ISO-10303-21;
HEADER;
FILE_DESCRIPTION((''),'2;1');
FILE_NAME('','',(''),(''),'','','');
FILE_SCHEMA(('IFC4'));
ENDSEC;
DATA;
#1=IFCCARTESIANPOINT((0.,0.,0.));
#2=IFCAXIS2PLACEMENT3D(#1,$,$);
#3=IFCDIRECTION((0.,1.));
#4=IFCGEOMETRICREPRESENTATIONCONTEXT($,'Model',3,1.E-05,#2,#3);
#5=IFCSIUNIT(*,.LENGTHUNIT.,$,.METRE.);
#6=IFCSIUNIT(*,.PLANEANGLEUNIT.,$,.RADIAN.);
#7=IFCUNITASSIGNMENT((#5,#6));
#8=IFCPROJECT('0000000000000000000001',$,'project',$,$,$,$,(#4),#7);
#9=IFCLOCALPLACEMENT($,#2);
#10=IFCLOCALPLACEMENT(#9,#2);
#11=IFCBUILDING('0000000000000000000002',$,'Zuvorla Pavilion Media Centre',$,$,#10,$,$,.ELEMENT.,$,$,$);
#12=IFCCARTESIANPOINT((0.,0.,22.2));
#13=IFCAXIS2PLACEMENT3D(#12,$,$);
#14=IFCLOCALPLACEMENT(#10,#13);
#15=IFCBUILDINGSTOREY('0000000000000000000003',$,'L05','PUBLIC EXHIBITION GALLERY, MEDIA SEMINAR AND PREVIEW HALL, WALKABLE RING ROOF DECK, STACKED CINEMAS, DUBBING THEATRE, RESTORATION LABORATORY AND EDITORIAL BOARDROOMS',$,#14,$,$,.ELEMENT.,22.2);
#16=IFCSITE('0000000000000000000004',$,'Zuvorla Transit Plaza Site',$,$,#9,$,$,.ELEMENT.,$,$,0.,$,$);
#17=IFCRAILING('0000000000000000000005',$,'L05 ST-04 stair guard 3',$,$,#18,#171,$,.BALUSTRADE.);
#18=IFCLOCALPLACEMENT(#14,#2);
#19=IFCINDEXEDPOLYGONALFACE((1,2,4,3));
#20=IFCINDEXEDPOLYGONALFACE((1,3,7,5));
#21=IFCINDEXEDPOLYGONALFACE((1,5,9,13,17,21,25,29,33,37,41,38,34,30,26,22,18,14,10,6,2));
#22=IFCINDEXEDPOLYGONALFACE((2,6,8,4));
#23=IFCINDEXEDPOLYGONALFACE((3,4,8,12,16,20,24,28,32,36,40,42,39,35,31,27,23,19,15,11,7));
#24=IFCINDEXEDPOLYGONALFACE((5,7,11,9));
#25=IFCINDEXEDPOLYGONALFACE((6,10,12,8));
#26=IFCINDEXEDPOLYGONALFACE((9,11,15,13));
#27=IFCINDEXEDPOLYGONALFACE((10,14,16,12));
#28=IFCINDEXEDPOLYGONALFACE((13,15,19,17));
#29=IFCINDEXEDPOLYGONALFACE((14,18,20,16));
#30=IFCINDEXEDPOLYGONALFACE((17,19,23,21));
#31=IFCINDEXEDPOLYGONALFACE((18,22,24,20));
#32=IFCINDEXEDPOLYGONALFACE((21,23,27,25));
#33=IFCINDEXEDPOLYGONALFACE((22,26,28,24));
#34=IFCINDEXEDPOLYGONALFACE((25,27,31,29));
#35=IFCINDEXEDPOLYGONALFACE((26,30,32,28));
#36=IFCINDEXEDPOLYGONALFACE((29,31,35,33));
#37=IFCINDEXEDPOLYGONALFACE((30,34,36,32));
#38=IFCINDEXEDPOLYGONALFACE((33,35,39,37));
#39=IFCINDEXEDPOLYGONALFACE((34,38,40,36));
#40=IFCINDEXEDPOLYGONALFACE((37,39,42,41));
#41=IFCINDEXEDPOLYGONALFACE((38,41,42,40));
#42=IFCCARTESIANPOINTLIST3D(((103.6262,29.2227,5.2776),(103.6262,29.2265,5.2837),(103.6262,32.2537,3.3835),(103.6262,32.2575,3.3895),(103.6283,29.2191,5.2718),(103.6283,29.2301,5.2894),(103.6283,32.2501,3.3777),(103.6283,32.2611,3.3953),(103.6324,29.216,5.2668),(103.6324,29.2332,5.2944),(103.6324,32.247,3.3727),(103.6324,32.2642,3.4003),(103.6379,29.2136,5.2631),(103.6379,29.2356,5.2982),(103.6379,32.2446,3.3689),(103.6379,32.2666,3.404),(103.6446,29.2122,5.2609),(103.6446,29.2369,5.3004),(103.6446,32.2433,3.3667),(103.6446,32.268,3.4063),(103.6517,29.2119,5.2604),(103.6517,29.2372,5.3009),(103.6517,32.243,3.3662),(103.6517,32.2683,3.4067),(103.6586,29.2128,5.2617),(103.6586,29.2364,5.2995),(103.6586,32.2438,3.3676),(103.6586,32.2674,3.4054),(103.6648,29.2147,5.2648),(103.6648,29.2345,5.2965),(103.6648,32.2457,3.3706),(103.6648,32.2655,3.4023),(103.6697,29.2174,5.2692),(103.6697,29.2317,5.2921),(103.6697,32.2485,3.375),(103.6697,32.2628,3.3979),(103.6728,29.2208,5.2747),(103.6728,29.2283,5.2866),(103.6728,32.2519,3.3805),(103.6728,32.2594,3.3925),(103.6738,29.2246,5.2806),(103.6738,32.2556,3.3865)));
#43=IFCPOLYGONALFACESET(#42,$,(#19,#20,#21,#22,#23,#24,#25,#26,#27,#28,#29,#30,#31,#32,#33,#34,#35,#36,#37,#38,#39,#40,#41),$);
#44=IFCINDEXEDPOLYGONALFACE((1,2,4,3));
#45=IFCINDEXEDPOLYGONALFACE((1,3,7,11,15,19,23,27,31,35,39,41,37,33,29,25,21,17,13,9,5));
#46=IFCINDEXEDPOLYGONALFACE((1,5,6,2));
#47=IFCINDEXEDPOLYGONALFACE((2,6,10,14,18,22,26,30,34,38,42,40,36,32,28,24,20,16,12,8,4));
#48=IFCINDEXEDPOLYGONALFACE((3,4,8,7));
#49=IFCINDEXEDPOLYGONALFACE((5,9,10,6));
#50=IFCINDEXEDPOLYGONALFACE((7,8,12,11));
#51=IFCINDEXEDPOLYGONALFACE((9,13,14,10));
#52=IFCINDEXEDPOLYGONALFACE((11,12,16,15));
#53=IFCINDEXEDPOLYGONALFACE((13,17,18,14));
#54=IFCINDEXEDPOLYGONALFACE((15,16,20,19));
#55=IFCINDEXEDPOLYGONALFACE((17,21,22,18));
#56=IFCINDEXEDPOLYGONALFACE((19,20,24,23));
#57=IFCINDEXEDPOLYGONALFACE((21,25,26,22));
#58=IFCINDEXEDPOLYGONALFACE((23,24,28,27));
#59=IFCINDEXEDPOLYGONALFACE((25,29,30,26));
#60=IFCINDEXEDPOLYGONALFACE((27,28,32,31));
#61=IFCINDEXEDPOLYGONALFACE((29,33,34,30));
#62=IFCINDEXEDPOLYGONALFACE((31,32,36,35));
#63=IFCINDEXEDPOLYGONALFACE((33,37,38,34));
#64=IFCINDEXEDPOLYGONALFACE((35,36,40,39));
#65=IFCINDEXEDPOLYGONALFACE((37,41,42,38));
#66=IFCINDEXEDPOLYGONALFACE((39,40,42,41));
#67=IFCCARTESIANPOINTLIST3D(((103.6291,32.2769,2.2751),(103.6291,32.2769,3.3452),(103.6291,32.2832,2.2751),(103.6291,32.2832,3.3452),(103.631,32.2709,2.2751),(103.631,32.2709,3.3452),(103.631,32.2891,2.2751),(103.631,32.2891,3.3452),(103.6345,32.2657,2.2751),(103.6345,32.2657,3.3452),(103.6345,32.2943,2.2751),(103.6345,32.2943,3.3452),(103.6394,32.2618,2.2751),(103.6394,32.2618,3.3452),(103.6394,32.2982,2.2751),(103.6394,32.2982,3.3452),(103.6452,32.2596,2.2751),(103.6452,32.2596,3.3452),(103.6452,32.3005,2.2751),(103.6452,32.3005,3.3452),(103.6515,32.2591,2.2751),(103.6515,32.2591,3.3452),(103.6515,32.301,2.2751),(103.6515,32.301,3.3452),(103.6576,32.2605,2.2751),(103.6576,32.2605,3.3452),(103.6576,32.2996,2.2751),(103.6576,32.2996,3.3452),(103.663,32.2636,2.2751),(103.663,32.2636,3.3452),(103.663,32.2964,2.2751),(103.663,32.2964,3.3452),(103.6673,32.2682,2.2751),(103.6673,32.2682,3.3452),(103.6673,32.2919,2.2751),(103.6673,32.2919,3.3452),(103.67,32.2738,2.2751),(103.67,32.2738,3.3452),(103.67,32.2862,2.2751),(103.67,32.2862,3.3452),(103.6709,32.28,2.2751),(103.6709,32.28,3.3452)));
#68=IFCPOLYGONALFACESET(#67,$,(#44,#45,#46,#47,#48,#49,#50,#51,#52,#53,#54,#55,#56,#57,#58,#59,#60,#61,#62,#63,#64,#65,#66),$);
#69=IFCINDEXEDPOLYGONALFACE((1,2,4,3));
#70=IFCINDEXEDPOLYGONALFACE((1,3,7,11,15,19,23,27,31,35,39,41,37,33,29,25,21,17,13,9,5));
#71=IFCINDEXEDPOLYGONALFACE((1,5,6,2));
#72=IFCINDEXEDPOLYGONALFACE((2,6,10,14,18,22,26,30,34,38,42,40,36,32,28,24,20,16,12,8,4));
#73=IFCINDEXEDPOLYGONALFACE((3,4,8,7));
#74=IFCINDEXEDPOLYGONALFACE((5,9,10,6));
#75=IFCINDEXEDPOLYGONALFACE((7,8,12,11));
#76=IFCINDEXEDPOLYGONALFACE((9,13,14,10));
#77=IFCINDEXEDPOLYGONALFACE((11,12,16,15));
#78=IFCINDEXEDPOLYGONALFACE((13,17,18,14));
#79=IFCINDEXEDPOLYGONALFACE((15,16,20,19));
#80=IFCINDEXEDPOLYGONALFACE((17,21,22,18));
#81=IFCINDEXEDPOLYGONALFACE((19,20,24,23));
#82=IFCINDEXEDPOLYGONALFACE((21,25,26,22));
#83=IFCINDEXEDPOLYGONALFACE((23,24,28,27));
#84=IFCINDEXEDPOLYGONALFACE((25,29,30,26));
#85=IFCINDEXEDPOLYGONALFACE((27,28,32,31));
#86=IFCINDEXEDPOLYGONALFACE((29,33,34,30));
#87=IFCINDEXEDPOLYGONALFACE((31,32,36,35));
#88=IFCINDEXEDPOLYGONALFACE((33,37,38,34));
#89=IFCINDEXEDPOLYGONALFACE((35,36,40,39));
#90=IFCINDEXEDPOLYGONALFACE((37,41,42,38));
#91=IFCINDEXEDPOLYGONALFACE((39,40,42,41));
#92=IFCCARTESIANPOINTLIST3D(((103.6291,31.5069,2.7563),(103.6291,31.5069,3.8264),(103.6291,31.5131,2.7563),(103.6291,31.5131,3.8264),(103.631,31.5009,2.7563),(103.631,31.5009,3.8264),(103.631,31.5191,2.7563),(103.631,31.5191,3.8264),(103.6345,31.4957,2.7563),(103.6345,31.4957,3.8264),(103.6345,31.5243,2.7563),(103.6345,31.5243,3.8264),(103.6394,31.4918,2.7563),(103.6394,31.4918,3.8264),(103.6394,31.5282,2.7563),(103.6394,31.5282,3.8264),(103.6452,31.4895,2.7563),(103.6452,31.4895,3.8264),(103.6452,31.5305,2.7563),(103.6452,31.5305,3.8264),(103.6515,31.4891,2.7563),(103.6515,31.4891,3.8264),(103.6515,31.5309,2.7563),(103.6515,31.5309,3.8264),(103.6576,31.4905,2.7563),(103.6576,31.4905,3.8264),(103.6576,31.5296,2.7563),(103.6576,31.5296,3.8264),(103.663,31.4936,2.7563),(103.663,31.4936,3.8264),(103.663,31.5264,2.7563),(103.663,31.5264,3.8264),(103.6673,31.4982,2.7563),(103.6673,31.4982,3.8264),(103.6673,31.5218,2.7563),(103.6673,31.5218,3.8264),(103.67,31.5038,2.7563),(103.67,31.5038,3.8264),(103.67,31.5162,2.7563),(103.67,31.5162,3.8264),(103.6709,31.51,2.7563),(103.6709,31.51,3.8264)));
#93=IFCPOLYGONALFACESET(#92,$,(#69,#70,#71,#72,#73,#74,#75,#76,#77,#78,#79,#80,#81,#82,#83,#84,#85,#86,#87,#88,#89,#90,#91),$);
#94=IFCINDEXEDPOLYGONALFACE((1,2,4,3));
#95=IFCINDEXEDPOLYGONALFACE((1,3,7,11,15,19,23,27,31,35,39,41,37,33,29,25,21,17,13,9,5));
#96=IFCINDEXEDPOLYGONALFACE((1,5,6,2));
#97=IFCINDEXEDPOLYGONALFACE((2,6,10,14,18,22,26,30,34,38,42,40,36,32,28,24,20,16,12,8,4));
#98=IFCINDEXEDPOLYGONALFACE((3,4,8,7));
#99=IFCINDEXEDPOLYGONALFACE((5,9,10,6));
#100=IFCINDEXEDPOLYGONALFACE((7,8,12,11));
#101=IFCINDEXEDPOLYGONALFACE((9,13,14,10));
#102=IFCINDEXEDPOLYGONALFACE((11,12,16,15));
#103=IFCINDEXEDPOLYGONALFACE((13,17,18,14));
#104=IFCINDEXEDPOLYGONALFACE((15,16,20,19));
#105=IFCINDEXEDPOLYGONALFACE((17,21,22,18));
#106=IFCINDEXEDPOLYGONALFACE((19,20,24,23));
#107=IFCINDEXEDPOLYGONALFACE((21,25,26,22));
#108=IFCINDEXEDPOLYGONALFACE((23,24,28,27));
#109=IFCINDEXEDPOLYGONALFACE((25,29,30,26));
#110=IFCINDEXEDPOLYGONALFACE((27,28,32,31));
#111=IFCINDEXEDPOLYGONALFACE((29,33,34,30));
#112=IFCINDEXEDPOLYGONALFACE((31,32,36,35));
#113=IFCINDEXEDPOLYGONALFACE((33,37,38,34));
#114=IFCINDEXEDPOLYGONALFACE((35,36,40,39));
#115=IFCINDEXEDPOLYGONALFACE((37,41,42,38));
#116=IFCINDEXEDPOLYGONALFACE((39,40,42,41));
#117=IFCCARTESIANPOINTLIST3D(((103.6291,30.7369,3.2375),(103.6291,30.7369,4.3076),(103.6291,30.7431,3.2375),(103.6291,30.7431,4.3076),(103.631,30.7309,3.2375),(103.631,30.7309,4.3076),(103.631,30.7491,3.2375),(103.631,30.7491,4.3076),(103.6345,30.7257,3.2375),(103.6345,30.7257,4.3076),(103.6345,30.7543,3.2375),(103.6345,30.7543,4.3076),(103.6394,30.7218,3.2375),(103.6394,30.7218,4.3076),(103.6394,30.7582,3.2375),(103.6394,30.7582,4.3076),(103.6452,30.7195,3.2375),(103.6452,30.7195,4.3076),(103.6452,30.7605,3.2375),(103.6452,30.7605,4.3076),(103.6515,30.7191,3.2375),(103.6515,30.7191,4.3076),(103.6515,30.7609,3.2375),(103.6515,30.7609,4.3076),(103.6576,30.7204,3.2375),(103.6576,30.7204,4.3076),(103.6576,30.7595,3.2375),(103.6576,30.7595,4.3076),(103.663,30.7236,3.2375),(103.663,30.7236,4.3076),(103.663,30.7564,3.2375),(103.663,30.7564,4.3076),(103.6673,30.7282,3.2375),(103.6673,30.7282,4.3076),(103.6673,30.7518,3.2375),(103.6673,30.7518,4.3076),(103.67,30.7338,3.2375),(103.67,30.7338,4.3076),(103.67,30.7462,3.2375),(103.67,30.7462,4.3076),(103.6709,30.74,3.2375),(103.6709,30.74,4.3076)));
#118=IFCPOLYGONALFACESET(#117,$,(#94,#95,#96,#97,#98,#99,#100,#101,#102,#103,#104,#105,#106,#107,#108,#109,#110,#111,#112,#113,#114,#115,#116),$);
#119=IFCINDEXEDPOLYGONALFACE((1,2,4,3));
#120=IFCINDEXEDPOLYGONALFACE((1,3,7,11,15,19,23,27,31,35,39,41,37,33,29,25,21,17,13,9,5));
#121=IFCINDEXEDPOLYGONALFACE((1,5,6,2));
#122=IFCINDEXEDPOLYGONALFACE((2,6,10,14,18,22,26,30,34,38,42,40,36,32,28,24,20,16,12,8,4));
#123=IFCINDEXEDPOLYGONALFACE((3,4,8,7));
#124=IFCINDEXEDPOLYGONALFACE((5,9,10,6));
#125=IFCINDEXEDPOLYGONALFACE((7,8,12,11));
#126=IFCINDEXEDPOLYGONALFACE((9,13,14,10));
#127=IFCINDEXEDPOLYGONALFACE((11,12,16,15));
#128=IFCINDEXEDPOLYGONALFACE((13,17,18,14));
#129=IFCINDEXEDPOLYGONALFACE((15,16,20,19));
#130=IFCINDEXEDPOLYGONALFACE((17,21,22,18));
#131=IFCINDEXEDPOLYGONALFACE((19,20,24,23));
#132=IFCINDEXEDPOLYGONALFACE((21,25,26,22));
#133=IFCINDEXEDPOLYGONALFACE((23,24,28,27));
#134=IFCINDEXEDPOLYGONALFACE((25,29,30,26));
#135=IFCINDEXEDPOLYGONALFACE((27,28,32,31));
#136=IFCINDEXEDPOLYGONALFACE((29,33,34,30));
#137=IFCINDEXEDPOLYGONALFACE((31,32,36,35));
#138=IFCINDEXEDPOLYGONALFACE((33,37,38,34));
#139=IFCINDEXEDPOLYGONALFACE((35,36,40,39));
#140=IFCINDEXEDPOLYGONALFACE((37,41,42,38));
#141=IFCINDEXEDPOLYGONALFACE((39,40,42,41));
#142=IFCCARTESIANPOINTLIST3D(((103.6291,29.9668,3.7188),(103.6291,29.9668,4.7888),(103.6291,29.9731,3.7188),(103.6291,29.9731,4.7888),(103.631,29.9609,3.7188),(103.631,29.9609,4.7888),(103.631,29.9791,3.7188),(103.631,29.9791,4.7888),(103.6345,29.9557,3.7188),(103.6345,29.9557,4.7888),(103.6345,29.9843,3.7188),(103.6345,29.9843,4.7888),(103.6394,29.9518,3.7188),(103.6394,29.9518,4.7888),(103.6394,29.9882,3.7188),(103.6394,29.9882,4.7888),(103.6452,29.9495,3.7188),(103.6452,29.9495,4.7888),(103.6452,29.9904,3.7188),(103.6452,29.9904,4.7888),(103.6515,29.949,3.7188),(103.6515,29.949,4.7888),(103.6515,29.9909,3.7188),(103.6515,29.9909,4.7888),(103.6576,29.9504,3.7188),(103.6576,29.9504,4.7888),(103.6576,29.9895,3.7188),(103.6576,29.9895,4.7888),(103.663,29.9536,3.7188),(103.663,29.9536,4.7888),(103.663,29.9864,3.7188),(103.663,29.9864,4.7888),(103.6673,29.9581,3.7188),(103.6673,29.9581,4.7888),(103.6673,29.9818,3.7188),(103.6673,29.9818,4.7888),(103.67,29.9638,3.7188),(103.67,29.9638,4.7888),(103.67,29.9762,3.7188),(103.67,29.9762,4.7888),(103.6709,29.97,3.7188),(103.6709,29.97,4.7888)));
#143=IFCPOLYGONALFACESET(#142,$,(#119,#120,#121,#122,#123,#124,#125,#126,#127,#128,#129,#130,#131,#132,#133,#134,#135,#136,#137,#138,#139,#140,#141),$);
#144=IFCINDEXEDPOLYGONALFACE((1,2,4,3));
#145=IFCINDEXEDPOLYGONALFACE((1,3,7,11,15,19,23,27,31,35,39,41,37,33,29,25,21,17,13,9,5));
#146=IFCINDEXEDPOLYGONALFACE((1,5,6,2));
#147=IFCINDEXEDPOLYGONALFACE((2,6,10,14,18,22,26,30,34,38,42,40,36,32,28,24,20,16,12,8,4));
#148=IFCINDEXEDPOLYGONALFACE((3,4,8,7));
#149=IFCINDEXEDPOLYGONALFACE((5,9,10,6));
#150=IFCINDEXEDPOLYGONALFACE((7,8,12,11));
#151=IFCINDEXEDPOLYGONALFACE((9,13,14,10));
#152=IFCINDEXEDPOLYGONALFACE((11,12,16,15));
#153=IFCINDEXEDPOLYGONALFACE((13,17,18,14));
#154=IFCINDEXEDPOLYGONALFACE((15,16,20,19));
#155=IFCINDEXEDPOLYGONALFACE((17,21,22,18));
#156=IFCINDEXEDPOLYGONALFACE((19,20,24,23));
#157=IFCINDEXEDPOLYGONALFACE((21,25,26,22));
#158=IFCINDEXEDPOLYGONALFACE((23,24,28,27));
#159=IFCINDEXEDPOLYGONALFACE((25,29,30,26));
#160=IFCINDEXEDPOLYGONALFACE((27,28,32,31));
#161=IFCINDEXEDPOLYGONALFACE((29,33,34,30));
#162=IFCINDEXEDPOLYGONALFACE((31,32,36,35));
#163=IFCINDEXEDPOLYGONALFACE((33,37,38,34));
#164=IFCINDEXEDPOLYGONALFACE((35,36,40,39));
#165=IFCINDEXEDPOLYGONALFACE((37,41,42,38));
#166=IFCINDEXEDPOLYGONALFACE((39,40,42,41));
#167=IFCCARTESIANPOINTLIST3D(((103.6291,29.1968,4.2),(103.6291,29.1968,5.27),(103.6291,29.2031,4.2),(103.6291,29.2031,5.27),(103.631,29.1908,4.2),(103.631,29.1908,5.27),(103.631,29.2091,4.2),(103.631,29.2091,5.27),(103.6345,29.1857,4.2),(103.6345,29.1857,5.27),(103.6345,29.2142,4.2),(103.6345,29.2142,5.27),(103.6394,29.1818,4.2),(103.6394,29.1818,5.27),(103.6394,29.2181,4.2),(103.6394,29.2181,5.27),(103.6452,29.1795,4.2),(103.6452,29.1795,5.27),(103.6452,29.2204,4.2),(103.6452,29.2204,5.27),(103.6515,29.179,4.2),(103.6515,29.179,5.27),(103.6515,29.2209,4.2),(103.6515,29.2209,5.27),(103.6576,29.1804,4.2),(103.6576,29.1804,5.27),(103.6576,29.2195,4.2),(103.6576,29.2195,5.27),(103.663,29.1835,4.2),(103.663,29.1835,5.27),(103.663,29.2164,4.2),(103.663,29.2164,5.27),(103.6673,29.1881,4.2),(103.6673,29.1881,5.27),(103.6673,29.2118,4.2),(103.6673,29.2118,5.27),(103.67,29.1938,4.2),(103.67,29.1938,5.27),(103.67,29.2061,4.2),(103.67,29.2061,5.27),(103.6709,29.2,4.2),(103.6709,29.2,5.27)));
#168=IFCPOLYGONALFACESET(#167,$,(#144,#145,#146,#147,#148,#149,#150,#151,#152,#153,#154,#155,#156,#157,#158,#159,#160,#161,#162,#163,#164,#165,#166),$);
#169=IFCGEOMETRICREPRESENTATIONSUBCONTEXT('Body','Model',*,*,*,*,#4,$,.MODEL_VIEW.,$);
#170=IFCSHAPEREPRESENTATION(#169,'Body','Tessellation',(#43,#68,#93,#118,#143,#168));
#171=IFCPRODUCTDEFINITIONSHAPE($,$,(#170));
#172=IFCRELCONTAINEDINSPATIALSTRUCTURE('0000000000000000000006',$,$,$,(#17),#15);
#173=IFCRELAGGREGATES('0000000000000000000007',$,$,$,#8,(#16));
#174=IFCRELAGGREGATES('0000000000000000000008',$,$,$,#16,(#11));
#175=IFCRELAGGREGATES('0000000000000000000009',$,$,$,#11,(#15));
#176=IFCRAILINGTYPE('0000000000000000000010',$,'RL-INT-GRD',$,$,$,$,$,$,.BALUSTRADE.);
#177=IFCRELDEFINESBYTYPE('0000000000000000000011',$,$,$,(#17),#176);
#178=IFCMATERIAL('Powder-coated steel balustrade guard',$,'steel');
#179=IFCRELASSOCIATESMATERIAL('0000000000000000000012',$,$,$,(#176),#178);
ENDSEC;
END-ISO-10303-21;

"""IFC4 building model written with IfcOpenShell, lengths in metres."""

from ifc_helpers import new_model, si_unit, direction, frame, origin, origin_2d, place, context, subcontext, project, spatial, circle, extrude, material, type_object, element, save


model = new_model("IFC4")

# Units and contexts
model_context = context("Model", 3, precision=1e-05, world=origin(), true_north=direction((0.0, 1.0)))
body_context = subcontext(model_context, "Body", "Model", "MODEL_VIEW")
ifc_project = project(units=[si_unit("LENGTHUNIT", "METRE"), si_unit("PLANEANGLEUNIT", "RADIAN")], contexts=[model_context])

# Site, building, storey
site_placement = place(None, origin())
site = spatial("IfcSite", under=ifc_project, at=site_placement, Name="Zuvorla Transit Plaza Site", CompositionType="ELEMENT", RefElevation=0.0)
building_placement = place(site_placement, origin())
building = spatial("IfcBuilding", under=site, at=building_placement, Name="Zuvorla Pavilion Media Centre", CompositionType="ELEMENT")
storey_placement = place(building_placement, frame((0.0, 0.0, 22.2)))
storey = spatial("IfcBuildingStorey", under=building, at=storey_placement, Name="L05", Description="PUBLIC EXHIBITION GALLERY, MEDIA SEMINAR AND PREVIEW HALL, WALKABLE RING ROOF DECK, STACKED CINEMAS, DUBBING THEATRE, RESTORATION LABORATORY AND EDITORIAL BOARDROOMS", CompositionType="ELEMENT", Elevation=22.2)

# Railing
ifc_material_1 = material(Name="Powder-coated steel balustrade guard", Category="steel")
railing_type_1 = type_object("IfcRailingType", Name="RL-INT-GRD", PredefinedType="BALUSTRADE", material=ifc_material_1)
railing_1_placement = place(storey_placement, frame((103.6499, 32.28, 2.2751)))
element("IfcRailing", 1, at=railing_1_placement, inside=storey, type_object=railing_type_1, Name="L05 ST-04 stair guard 3", PredefinedType="BALUSTRADE", context=body_context, shape_type="SweptSolid", body=[
    extrude(circle(Radius=0.0239, at=origin_2d()), frame((0.0, -0.0244, 1.1113), z_axis=(0.0, -0.848029, 0.529951), x_axis=(1.0, 0.0, 0.0)), (0.0, 0.0, 1.0), 3.5742),
    extrude(circle(Radius=0.021, at=origin_2d()), origin(), (0.0, 0.0, 1.0), 1.0701),
    extrude(circle(Radius=0.021, at=origin_2d()), frame((0.0, -0.77, 0.4812)), (0.0, 0.0, 1.0), 1.0701),
    extrude(circle(Radius=0.021, at=origin_2d()), frame((0.0, -1.54, 0.9624)), (0.0, 0.0, 1.0), 1.0701),
    extrude(circle(Radius=0.021, at=origin_2d()), frame((0.0, -2.3101, 1.4436)), (0.0, 0.0, 1.0), 1.0701),
    extrude(circle(Radius=0.021, at=origin_2d()), frame((0.0, -3.0801, 1.9248)), (0.0, 0.0, 1.0), 1.0701),
])

save(model, "model.ifc")
